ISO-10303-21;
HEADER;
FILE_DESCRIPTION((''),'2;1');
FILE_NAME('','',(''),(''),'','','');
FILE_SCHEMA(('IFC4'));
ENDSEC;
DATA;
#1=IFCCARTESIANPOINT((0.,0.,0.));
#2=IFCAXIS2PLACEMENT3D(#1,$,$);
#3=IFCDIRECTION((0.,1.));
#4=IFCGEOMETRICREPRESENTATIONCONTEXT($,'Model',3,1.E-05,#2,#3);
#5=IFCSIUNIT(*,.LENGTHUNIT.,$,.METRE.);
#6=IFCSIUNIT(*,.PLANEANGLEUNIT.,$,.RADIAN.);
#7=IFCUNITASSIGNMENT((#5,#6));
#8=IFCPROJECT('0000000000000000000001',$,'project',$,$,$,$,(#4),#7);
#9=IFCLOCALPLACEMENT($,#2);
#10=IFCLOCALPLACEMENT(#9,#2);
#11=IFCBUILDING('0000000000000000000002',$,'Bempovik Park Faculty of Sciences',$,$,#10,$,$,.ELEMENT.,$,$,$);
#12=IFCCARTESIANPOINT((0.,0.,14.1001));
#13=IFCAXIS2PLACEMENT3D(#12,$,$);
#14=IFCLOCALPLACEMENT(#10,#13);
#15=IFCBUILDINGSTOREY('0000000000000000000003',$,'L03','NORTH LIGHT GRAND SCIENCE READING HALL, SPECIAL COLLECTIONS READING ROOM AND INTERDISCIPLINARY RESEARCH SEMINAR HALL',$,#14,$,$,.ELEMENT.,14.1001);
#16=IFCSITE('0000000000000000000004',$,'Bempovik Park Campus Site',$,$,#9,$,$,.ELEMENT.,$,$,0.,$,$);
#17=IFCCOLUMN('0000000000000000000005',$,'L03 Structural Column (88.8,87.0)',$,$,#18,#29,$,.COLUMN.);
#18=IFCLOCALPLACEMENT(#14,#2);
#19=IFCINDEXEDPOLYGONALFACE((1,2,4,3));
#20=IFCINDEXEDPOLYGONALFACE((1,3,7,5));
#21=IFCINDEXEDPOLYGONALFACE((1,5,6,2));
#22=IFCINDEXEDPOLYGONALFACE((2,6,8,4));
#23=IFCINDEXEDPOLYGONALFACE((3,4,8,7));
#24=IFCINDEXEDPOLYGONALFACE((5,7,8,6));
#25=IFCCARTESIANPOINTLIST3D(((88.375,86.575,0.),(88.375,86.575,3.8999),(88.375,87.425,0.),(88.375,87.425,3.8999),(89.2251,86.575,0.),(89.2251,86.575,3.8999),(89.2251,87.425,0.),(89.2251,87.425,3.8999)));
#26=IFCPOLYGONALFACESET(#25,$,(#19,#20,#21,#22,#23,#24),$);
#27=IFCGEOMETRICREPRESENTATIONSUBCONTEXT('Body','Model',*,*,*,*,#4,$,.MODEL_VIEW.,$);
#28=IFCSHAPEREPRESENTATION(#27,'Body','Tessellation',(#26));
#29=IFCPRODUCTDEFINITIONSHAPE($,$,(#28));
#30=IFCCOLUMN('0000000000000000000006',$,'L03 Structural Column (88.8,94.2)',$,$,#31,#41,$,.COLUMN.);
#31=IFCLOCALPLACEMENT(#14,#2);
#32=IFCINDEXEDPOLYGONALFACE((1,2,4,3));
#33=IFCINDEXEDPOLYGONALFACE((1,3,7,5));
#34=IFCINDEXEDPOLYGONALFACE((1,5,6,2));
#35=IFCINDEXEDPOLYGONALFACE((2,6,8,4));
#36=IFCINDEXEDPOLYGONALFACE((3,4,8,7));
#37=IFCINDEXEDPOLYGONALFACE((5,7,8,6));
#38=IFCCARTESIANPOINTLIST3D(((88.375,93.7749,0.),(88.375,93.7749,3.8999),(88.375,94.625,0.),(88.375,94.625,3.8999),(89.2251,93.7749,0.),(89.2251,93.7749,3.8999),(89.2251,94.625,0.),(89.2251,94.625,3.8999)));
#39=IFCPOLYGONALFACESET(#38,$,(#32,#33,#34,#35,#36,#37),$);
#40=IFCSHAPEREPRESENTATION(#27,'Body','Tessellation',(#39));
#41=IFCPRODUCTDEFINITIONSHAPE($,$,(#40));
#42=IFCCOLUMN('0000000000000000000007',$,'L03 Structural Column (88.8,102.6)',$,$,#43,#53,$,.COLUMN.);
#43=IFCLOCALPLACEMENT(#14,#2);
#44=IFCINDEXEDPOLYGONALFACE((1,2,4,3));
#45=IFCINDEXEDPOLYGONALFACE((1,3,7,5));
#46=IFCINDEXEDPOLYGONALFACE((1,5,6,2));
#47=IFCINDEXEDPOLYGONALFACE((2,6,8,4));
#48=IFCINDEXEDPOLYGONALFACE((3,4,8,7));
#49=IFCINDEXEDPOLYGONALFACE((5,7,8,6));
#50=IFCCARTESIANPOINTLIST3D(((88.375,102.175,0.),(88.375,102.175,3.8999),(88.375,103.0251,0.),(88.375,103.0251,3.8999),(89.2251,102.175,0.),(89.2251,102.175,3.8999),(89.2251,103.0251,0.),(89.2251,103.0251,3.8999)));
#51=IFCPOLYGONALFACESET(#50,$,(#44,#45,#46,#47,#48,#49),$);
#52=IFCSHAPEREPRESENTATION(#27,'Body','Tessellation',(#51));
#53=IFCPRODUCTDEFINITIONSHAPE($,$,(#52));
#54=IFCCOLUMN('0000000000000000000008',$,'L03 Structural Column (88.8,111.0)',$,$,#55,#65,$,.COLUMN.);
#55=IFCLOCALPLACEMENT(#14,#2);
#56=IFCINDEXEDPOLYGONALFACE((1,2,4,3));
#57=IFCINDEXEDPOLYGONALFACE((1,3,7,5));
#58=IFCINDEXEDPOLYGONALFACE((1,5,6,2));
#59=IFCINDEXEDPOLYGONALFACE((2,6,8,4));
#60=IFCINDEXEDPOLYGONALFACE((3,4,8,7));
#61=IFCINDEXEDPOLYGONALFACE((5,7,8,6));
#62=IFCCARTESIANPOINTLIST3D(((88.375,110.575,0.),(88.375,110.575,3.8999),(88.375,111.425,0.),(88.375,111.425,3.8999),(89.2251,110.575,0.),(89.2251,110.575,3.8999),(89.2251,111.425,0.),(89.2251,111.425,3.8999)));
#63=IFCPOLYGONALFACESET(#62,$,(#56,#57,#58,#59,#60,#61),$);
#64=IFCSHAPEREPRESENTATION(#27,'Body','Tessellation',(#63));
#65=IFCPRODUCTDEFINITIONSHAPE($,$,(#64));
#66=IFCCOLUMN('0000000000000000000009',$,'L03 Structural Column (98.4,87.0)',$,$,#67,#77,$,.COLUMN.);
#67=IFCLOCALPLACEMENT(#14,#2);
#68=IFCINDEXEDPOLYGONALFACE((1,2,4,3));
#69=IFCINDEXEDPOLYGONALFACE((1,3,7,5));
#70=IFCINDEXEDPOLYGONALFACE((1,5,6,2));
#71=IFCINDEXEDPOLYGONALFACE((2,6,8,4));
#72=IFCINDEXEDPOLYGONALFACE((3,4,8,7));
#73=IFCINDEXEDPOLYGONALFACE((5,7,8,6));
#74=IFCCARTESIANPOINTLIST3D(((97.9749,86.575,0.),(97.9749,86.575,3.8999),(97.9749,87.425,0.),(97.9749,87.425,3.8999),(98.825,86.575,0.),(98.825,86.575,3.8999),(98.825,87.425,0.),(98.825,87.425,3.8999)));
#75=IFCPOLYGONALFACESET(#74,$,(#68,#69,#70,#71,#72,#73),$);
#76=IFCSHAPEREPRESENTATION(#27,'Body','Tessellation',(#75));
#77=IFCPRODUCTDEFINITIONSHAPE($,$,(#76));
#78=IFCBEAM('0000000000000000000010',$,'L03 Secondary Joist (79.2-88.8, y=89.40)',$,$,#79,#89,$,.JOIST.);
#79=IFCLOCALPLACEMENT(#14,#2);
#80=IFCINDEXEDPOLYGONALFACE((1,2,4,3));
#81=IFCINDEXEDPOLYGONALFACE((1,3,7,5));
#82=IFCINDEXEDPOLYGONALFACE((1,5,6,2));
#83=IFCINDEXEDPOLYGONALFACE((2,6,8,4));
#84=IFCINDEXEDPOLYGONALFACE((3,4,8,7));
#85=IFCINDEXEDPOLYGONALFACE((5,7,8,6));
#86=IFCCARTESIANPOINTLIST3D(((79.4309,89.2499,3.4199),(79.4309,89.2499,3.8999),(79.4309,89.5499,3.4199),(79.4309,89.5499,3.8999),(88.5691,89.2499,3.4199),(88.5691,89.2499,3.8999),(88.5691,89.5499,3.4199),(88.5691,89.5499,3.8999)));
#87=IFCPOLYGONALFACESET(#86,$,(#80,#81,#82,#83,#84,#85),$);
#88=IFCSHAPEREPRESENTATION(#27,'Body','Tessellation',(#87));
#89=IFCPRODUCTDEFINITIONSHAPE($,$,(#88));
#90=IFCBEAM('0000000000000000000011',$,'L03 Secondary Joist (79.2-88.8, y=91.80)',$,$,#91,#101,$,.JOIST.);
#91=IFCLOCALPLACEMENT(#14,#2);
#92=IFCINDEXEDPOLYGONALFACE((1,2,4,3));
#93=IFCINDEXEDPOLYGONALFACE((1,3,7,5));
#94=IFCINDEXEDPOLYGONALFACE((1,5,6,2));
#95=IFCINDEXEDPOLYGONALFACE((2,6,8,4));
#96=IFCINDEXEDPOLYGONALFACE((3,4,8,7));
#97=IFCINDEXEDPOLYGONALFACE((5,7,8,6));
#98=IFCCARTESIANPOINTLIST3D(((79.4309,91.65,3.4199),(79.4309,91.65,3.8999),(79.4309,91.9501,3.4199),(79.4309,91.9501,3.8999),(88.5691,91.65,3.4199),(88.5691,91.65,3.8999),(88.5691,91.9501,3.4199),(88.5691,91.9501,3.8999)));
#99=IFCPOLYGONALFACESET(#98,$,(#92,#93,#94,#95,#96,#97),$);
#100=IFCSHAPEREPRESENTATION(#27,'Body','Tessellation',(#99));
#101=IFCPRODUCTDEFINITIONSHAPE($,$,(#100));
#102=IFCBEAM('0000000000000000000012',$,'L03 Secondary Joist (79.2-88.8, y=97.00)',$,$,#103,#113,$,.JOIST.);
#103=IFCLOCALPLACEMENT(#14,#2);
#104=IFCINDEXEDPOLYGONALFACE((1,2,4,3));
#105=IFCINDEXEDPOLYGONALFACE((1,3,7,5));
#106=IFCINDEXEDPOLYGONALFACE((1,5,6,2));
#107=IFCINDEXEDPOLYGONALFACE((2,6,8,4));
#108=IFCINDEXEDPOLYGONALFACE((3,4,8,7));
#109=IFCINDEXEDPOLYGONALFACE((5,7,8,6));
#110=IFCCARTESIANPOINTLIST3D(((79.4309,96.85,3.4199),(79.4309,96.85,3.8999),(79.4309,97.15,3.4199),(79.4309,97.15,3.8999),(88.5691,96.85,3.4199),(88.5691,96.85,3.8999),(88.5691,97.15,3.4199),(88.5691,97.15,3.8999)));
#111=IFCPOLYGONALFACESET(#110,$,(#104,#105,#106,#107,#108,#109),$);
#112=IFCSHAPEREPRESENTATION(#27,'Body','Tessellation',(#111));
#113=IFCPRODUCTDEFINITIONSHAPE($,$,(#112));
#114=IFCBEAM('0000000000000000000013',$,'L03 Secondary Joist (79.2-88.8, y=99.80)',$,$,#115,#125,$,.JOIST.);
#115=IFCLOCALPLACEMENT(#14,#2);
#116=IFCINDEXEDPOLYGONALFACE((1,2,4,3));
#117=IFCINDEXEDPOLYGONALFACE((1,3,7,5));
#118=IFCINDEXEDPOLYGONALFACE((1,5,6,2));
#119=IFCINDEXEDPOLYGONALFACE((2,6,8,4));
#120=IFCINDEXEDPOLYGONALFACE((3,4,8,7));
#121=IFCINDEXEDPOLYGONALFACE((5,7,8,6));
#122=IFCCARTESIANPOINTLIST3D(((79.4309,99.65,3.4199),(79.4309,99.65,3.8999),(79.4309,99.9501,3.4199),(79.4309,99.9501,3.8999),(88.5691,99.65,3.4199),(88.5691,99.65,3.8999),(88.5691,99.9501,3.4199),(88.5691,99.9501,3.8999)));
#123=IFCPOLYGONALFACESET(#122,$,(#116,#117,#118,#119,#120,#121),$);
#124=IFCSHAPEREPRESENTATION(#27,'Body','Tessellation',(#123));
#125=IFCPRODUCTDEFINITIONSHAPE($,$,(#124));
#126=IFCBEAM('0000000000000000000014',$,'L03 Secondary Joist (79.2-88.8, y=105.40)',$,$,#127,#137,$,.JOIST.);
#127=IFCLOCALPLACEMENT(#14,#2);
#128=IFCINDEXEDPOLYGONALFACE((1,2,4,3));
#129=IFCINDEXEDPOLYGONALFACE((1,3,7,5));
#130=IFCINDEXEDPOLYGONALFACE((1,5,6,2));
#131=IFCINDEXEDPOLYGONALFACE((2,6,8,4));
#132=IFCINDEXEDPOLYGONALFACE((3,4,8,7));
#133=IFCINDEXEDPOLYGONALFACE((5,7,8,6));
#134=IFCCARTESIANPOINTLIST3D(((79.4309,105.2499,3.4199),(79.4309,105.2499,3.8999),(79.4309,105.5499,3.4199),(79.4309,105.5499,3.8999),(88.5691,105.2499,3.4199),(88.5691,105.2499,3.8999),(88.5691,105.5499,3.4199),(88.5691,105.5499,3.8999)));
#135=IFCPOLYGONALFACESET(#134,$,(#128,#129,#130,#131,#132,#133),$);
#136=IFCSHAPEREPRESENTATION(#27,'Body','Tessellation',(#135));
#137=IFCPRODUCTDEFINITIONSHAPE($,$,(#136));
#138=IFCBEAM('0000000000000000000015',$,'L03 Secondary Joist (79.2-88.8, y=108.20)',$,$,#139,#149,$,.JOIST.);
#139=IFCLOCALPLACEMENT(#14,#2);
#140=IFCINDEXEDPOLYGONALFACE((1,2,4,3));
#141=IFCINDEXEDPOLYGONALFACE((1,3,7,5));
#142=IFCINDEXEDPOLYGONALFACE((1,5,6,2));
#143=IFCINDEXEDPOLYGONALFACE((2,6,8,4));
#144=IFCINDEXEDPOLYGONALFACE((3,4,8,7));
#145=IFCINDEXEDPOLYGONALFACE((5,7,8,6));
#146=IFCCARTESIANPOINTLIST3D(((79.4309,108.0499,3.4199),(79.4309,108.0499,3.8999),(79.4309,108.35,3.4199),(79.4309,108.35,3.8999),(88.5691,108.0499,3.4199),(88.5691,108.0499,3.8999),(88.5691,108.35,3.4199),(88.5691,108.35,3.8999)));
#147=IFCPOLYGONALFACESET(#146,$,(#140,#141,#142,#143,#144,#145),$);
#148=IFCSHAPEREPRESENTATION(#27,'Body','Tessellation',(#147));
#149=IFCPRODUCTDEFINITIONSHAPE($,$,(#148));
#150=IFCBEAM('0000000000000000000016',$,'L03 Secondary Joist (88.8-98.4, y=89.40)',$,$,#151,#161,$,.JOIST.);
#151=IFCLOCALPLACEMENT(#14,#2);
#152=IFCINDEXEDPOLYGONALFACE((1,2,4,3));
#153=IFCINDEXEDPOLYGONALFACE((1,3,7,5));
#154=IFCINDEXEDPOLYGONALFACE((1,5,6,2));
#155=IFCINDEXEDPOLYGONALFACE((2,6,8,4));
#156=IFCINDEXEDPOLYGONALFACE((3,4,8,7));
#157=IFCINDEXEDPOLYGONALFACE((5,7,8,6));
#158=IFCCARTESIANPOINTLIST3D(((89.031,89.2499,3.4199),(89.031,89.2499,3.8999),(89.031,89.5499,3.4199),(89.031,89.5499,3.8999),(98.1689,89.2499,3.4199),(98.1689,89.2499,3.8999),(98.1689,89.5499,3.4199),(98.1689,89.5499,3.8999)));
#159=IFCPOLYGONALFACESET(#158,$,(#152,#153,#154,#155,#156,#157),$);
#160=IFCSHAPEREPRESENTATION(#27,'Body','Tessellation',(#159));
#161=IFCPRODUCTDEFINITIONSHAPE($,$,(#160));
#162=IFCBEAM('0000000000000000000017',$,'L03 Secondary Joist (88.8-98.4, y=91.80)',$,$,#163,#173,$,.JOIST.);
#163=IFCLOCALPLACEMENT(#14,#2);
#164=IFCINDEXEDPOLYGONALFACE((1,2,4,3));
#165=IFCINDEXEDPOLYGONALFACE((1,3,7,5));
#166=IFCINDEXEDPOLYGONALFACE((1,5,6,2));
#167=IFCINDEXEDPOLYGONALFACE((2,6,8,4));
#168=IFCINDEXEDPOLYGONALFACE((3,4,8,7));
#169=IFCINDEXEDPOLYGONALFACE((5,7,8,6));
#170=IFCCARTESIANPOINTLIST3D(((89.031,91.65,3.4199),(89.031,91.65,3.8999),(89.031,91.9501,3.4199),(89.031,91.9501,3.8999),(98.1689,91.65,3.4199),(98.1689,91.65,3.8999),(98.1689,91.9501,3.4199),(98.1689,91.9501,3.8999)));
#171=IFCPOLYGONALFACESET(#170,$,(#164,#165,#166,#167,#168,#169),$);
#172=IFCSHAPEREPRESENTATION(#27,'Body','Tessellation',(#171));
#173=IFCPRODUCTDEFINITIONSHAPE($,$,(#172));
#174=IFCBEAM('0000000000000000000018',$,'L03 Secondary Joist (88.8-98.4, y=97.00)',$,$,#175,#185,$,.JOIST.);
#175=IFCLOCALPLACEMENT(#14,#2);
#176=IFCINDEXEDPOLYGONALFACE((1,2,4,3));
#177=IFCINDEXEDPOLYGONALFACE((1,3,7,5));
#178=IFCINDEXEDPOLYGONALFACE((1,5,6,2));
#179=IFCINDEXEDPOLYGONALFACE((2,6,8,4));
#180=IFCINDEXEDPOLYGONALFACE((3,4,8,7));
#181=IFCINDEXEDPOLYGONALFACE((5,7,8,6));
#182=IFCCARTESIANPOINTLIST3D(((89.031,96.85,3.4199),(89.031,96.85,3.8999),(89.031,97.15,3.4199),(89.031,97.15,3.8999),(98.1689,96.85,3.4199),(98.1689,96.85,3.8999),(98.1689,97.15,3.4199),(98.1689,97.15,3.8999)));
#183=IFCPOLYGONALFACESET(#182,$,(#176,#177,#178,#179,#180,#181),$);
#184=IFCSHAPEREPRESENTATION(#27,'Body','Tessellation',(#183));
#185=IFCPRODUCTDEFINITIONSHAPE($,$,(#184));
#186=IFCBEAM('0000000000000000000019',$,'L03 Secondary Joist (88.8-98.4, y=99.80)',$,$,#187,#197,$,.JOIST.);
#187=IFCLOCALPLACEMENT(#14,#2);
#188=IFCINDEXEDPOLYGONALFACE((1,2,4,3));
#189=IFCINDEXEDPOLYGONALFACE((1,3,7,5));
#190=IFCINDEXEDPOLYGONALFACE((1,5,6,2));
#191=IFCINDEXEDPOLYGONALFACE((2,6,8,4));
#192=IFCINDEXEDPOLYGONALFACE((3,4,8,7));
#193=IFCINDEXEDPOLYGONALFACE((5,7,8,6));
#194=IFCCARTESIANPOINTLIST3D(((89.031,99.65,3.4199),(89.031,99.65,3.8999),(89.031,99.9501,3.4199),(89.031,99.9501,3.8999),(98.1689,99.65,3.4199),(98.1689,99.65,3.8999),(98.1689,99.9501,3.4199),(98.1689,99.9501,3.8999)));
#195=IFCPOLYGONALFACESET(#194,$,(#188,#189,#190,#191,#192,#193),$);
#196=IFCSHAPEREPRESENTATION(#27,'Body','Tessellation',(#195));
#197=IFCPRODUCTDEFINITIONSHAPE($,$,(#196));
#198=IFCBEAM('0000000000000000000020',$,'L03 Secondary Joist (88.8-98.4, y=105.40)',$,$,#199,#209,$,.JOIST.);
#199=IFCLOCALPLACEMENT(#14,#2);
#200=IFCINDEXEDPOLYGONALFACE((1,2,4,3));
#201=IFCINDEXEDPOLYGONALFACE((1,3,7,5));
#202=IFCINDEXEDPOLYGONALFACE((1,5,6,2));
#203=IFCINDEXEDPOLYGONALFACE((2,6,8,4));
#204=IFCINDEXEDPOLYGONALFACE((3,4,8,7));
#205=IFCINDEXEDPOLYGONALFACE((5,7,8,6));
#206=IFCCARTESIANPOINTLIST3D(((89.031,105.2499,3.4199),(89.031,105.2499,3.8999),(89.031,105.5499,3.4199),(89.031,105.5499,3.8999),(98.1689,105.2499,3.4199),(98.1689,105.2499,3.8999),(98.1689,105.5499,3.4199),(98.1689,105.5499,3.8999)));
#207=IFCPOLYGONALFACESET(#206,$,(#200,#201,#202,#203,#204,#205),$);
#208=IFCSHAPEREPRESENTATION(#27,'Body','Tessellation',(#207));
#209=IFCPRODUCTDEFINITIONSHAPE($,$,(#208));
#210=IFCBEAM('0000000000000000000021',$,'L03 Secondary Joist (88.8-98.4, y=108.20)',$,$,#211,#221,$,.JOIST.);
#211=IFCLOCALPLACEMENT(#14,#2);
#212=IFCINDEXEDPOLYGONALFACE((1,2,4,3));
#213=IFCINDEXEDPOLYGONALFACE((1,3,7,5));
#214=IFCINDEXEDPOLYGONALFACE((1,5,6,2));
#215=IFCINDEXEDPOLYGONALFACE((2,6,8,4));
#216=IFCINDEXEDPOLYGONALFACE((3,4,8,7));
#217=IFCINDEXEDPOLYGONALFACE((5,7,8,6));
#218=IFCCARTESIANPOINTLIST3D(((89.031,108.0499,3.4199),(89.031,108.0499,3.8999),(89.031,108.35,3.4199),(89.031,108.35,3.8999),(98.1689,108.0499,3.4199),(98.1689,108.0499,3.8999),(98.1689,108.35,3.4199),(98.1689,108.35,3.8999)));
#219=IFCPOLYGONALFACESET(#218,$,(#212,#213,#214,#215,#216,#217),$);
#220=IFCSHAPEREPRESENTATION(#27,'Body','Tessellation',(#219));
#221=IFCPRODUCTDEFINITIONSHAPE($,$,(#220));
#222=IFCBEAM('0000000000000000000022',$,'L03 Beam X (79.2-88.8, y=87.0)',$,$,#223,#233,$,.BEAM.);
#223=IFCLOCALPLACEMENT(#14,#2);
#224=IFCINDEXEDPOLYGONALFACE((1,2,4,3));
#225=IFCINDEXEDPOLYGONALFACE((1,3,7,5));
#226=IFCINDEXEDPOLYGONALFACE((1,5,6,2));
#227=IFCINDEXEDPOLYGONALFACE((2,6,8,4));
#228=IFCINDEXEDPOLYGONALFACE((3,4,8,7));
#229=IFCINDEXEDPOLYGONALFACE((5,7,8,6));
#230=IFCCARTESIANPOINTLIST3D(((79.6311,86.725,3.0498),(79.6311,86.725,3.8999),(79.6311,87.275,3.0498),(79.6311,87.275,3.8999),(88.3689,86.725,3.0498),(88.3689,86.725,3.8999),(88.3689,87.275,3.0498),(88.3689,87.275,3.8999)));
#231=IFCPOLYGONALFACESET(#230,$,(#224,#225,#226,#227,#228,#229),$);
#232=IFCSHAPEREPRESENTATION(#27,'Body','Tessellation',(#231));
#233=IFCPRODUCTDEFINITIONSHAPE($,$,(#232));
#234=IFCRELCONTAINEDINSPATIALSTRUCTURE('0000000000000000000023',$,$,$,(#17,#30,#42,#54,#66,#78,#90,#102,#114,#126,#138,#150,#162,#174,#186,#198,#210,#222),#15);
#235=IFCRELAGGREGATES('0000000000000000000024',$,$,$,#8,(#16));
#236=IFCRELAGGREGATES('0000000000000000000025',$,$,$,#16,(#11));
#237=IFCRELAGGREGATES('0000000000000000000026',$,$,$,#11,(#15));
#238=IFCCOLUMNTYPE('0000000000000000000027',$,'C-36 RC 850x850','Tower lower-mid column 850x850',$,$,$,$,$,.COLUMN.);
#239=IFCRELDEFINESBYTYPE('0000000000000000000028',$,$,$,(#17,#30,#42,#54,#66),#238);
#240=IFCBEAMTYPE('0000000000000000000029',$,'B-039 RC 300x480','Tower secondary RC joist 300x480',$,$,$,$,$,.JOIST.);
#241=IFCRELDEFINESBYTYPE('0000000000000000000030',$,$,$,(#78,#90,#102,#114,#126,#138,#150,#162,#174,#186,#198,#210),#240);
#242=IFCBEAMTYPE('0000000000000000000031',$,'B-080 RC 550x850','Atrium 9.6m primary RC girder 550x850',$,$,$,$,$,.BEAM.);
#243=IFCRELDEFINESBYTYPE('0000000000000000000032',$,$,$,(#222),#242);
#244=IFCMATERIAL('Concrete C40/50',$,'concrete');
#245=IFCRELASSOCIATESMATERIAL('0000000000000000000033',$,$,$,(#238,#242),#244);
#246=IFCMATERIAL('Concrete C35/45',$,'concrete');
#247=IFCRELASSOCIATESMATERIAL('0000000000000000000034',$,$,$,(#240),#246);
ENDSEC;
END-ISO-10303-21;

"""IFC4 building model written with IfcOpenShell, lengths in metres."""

from ifc_helpers import new_model, si_unit, direction, frame, origin, origin_2d, place, context, subcontext, project, spatial, rectangle, extrude, material, material_profile, profile_set, type_object, element, save


model = new_model("IFC4")

# Units and contexts
model_context = context("Model", 3, precision=1e-05, world=origin(), true_north=direction((0.0, 1.0)))
body_context = subcontext(model_context, "Body", "Model", "MODEL_VIEW")
ifc_project = project(units=[si_unit("LENGTHUNIT", "METRE"), si_unit("PLANEANGLEUNIT", "RADIAN")], contexts=[model_context])

# Site, building, storey
site_placement = place(None, origin())
site = spatial("IfcSite", under=ifc_project, at=site_placement, Name="Bempovik Park Campus Site", CompositionType="ELEMENT", RefElevation=0.0)
building_placement = place(site_placement, origin())
building = spatial("IfcBuilding", under=site, at=building_placement, Name="Bempovik Park Faculty of Sciences", CompositionType="ELEMENT")
storey_placement = place(building_placement, frame((0.0, 0.0, 14.1001)))
storey = spatial("IfcBuildingStorey", under=building, at=storey_placement, Name="L03", Description="NORTH LIGHT GRAND SCIENCE READING HALL, SPECIAL COLLECTIONS READING ROOM AND INTERDISCIPLINARY RESEARCH SEMINAR HALL", CompositionType="ELEMENT", Elevation=14.1001)

# Columns
ifc_material_1 = material(Name="Concrete C40/50", Category="concrete")
ifc_material_profile_1 = material_profile(ifc_material_1, rectangle(XDim=0.8501, YDim=0.8501, at=origin_2d()), Name="RC 850x850")
ifc_profile_set_1 = profile_set([ifc_material_profile_1], Name="Concrete C40/50")
column_type = type_object("IfcColumnType", Name="C-36 RC 850x850", Description="Tower lower-mid column 850x850", PredefinedType="COLUMN", material=ifc_profile_set_1)
for number, where, z_axis, x_axis, name in (
    (1, (88.8, 87.0, 0.0), (0.0, 0.0, 1.0), (1.0, 0.0, 0.0), "L03 Structural Column (88.8,87.0)"),
    (2, (88.8, 94.2, 0.0), (0.0, 0.0, 1.0), (1.0, 0.0, 0.0), "L03 Structural Column (88.8,94.2)"),
    (3, (88.8, 102.6001, 0.0), (0.0, 0.0, 1.0), (1.0, 0.0, 0.0), "L03 Structural Column (88.8,102.6)"),
    (4, (88.8, 111.0, 0.0), (0.0, 0.0, 1.0), (1.0, 0.0, 0.0), "L03 Structural Column (88.8,111.0)"),
    (5, (98.3999, 87.0, 0.0), (0.0, 0.0, 1.0), (1.0, 0.0, 0.0), "L03 Structural Column (98.4,87.0)"),
):
    element("IfcColumn", number, at=place(storey_placement, frame(where, z_axis=z_axis, x_axis=x_axis)), inside=storey, type_object=column_type, Name=name, PredefinedType="COLUMN", context=body_context, shape_type="SweptSolid", body=[
        extrude(rectangle(XDim=0.8501, YDim=0.8501, at=origin_2d()), origin(), (0.0, 0.0, 1.0), 3.8999),
    ])

# Beams
ifc_material_2 = material(Name="Concrete C35/45", Category="concrete")
ifc_material_profile_2 = material_profile(ifc_material_2, rectangle(XDim=0.3, YDim=0.48, at=origin_2d()), Name="RC 300x480")
ifc_profile_set_2 = profile_set([ifc_material_profile_2], Name="Concrete C35/45")
beam_type_1 = type_object("IfcBeamType", Name="B-039 RC 300x480", Description="Tower secondary RC joist 300x480", PredefinedType="JOIST", material=ifc_profile_set_2)
for number, where, z_axis, x_axis, name in (
    (6, (79.4309, 89.3999, 3.6599), (1.0, 0.0, 0.0), (0.0, 1.0, 0.0), "L03 Secondary Joist (79.2-88.8, y=89.40)"),
    (7, (79.4309, 91.8, 3.6599), (1.0, 0.0, 0.0), (0.0, 1.0, 0.0), "L03 Secondary Joist (79.2-88.8, y=91.80)"),
    (8, (79.4309, 97.0, 3.6599), (1.0, 0.0, 0.0), (0.0, 1.0, 0.0), "L03 Secondary Joist (79.2-88.8, y=97.00)"),
    (9, (79.4309, 99.8, 3.6599), (1.0, 0.0, 0.0), (0.0, 1.0, 0.0), "L03 Secondary Joist (79.2-88.8, y=99.80)"),
    (10, (79.4309, 105.3999, 3.6599), (1.0, 0.0, 0.0), (0.0, 1.0, 0.0), "L03 Secondary Joist (79.2-88.8, y=105.40)"),
    (11, (79.4309, 108.2, 3.6599), (1.0, 0.0, 0.0), (0.0, 1.0, 0.0), "L03 Secondary Joist (79.2-88.8, y=108.20)"),
):
    element("IfcBeam", number, at=place(storey_placement, frame(where, z_axis=z_axis, x_axis=x_axis)), inside=storey, type_object=beam_type_1, Name=name, PredefinedType="JOIST", context=body_context, shape_type="SweptSolid", body=[
        extrude(rectangle(XDim=0.3, YDim=0.48, at=origin_2d()), origin(), (0.0, 0.0, 1.0), 9.1382),
    ])
for number, where, z_axis, x_axis, name in (
    (12, (89.031, 89.3999, 3.6599), (1.0, 0.0, 0.0), (0.0, 1.0, 0.0), "L03 Secondary Joist (88.8-98.4, y=89.40)"),
    (13, (89.031, 91.8, 3.6599), (1.0, 0.0, 0.0), (0.0, 1.0, 0.0), "L03 Secondary Joist (88.8-98.4, y=91.80)"),
    (14, (89.031, 97.0, 3.6599), (1.0, 0.0, 0.0), (0.0, 1.0, 0.0), "L03 Secondary Joist (88.8-98.4, y=97.00)"),
    (15, (89.031, 99.8, 3.6599), (1.0, 0.0, 0.0), (0.0, 1.0, 0.0), "L03 Secondary Joist (88.8-98.4, y=99.80)"),
    (16, (89.031, 105.3999, 3.6599), (1.0, 0.0, 0.0), (0.0, 1.0, 0.0), "L03 Secondary Joist (88.8-98.4, y=105.40)"),
    (17, (89.031, 108.2, 3.6599), (1.0, 0.0, 0.0), (0.0, 1.0, 0.0), "L03 Secondary Joist (88.8-98.4, y=108.20)"),
):
    element("IfcBeam", number, at=place(storey_placement, frame(where, z_axis=z_axis, x_axis=x_axis)), inside=storey, type_object=beam_type_1, Name=name, PredefinedType="JOIST", context=body_context, shape_type="SweptSolid", body=[
        extrude(rectangle(XDim=0.3, YDim=0.48, at=origin_2d()), origin(), (0.0, 0.0, 1.0), 9.1379),
    ])
ifc_material_profile_3 = material_profile(ifc_material_1, rectangle(XDim=0.55, YDim=0.8501, at=origin_2d()), Name="RC 550x850")
ifc_profile_set_3 = profile_set([ifc_material_profile_3], Name="Concrete C40/50")
beam_type_2 = type_object("IfcBeamType", Name="B-080 RC 550x850", Description="Atrium 9.6m primary RC girder 550x850", PredefinedType="BEAM", material=ifc_profile_set_3)
beam_1_placement = place(storey_placement, frame((79.6311, 87.0, 3.4749), z_axis=(1.0, 0.0, 0.0), x_axis=(0.0, 1.0, 0.0)))
element("IfcBeam", 18, at=beam_1_placement, inside=storey, type_object=beam_type_2, Name="L03 Beam X (79.2-88.8, y=87.0)", PredefinedType="BEAM", context=body_context, shape_type="SweptSolid", body=[
    extrude(rectangle(XDim=0.55, YDim=0.8501, at=origin_2d()), origin(), (0.0, 0.0, 1.0), 8.7378),
])

save(model, "model.ifc")
